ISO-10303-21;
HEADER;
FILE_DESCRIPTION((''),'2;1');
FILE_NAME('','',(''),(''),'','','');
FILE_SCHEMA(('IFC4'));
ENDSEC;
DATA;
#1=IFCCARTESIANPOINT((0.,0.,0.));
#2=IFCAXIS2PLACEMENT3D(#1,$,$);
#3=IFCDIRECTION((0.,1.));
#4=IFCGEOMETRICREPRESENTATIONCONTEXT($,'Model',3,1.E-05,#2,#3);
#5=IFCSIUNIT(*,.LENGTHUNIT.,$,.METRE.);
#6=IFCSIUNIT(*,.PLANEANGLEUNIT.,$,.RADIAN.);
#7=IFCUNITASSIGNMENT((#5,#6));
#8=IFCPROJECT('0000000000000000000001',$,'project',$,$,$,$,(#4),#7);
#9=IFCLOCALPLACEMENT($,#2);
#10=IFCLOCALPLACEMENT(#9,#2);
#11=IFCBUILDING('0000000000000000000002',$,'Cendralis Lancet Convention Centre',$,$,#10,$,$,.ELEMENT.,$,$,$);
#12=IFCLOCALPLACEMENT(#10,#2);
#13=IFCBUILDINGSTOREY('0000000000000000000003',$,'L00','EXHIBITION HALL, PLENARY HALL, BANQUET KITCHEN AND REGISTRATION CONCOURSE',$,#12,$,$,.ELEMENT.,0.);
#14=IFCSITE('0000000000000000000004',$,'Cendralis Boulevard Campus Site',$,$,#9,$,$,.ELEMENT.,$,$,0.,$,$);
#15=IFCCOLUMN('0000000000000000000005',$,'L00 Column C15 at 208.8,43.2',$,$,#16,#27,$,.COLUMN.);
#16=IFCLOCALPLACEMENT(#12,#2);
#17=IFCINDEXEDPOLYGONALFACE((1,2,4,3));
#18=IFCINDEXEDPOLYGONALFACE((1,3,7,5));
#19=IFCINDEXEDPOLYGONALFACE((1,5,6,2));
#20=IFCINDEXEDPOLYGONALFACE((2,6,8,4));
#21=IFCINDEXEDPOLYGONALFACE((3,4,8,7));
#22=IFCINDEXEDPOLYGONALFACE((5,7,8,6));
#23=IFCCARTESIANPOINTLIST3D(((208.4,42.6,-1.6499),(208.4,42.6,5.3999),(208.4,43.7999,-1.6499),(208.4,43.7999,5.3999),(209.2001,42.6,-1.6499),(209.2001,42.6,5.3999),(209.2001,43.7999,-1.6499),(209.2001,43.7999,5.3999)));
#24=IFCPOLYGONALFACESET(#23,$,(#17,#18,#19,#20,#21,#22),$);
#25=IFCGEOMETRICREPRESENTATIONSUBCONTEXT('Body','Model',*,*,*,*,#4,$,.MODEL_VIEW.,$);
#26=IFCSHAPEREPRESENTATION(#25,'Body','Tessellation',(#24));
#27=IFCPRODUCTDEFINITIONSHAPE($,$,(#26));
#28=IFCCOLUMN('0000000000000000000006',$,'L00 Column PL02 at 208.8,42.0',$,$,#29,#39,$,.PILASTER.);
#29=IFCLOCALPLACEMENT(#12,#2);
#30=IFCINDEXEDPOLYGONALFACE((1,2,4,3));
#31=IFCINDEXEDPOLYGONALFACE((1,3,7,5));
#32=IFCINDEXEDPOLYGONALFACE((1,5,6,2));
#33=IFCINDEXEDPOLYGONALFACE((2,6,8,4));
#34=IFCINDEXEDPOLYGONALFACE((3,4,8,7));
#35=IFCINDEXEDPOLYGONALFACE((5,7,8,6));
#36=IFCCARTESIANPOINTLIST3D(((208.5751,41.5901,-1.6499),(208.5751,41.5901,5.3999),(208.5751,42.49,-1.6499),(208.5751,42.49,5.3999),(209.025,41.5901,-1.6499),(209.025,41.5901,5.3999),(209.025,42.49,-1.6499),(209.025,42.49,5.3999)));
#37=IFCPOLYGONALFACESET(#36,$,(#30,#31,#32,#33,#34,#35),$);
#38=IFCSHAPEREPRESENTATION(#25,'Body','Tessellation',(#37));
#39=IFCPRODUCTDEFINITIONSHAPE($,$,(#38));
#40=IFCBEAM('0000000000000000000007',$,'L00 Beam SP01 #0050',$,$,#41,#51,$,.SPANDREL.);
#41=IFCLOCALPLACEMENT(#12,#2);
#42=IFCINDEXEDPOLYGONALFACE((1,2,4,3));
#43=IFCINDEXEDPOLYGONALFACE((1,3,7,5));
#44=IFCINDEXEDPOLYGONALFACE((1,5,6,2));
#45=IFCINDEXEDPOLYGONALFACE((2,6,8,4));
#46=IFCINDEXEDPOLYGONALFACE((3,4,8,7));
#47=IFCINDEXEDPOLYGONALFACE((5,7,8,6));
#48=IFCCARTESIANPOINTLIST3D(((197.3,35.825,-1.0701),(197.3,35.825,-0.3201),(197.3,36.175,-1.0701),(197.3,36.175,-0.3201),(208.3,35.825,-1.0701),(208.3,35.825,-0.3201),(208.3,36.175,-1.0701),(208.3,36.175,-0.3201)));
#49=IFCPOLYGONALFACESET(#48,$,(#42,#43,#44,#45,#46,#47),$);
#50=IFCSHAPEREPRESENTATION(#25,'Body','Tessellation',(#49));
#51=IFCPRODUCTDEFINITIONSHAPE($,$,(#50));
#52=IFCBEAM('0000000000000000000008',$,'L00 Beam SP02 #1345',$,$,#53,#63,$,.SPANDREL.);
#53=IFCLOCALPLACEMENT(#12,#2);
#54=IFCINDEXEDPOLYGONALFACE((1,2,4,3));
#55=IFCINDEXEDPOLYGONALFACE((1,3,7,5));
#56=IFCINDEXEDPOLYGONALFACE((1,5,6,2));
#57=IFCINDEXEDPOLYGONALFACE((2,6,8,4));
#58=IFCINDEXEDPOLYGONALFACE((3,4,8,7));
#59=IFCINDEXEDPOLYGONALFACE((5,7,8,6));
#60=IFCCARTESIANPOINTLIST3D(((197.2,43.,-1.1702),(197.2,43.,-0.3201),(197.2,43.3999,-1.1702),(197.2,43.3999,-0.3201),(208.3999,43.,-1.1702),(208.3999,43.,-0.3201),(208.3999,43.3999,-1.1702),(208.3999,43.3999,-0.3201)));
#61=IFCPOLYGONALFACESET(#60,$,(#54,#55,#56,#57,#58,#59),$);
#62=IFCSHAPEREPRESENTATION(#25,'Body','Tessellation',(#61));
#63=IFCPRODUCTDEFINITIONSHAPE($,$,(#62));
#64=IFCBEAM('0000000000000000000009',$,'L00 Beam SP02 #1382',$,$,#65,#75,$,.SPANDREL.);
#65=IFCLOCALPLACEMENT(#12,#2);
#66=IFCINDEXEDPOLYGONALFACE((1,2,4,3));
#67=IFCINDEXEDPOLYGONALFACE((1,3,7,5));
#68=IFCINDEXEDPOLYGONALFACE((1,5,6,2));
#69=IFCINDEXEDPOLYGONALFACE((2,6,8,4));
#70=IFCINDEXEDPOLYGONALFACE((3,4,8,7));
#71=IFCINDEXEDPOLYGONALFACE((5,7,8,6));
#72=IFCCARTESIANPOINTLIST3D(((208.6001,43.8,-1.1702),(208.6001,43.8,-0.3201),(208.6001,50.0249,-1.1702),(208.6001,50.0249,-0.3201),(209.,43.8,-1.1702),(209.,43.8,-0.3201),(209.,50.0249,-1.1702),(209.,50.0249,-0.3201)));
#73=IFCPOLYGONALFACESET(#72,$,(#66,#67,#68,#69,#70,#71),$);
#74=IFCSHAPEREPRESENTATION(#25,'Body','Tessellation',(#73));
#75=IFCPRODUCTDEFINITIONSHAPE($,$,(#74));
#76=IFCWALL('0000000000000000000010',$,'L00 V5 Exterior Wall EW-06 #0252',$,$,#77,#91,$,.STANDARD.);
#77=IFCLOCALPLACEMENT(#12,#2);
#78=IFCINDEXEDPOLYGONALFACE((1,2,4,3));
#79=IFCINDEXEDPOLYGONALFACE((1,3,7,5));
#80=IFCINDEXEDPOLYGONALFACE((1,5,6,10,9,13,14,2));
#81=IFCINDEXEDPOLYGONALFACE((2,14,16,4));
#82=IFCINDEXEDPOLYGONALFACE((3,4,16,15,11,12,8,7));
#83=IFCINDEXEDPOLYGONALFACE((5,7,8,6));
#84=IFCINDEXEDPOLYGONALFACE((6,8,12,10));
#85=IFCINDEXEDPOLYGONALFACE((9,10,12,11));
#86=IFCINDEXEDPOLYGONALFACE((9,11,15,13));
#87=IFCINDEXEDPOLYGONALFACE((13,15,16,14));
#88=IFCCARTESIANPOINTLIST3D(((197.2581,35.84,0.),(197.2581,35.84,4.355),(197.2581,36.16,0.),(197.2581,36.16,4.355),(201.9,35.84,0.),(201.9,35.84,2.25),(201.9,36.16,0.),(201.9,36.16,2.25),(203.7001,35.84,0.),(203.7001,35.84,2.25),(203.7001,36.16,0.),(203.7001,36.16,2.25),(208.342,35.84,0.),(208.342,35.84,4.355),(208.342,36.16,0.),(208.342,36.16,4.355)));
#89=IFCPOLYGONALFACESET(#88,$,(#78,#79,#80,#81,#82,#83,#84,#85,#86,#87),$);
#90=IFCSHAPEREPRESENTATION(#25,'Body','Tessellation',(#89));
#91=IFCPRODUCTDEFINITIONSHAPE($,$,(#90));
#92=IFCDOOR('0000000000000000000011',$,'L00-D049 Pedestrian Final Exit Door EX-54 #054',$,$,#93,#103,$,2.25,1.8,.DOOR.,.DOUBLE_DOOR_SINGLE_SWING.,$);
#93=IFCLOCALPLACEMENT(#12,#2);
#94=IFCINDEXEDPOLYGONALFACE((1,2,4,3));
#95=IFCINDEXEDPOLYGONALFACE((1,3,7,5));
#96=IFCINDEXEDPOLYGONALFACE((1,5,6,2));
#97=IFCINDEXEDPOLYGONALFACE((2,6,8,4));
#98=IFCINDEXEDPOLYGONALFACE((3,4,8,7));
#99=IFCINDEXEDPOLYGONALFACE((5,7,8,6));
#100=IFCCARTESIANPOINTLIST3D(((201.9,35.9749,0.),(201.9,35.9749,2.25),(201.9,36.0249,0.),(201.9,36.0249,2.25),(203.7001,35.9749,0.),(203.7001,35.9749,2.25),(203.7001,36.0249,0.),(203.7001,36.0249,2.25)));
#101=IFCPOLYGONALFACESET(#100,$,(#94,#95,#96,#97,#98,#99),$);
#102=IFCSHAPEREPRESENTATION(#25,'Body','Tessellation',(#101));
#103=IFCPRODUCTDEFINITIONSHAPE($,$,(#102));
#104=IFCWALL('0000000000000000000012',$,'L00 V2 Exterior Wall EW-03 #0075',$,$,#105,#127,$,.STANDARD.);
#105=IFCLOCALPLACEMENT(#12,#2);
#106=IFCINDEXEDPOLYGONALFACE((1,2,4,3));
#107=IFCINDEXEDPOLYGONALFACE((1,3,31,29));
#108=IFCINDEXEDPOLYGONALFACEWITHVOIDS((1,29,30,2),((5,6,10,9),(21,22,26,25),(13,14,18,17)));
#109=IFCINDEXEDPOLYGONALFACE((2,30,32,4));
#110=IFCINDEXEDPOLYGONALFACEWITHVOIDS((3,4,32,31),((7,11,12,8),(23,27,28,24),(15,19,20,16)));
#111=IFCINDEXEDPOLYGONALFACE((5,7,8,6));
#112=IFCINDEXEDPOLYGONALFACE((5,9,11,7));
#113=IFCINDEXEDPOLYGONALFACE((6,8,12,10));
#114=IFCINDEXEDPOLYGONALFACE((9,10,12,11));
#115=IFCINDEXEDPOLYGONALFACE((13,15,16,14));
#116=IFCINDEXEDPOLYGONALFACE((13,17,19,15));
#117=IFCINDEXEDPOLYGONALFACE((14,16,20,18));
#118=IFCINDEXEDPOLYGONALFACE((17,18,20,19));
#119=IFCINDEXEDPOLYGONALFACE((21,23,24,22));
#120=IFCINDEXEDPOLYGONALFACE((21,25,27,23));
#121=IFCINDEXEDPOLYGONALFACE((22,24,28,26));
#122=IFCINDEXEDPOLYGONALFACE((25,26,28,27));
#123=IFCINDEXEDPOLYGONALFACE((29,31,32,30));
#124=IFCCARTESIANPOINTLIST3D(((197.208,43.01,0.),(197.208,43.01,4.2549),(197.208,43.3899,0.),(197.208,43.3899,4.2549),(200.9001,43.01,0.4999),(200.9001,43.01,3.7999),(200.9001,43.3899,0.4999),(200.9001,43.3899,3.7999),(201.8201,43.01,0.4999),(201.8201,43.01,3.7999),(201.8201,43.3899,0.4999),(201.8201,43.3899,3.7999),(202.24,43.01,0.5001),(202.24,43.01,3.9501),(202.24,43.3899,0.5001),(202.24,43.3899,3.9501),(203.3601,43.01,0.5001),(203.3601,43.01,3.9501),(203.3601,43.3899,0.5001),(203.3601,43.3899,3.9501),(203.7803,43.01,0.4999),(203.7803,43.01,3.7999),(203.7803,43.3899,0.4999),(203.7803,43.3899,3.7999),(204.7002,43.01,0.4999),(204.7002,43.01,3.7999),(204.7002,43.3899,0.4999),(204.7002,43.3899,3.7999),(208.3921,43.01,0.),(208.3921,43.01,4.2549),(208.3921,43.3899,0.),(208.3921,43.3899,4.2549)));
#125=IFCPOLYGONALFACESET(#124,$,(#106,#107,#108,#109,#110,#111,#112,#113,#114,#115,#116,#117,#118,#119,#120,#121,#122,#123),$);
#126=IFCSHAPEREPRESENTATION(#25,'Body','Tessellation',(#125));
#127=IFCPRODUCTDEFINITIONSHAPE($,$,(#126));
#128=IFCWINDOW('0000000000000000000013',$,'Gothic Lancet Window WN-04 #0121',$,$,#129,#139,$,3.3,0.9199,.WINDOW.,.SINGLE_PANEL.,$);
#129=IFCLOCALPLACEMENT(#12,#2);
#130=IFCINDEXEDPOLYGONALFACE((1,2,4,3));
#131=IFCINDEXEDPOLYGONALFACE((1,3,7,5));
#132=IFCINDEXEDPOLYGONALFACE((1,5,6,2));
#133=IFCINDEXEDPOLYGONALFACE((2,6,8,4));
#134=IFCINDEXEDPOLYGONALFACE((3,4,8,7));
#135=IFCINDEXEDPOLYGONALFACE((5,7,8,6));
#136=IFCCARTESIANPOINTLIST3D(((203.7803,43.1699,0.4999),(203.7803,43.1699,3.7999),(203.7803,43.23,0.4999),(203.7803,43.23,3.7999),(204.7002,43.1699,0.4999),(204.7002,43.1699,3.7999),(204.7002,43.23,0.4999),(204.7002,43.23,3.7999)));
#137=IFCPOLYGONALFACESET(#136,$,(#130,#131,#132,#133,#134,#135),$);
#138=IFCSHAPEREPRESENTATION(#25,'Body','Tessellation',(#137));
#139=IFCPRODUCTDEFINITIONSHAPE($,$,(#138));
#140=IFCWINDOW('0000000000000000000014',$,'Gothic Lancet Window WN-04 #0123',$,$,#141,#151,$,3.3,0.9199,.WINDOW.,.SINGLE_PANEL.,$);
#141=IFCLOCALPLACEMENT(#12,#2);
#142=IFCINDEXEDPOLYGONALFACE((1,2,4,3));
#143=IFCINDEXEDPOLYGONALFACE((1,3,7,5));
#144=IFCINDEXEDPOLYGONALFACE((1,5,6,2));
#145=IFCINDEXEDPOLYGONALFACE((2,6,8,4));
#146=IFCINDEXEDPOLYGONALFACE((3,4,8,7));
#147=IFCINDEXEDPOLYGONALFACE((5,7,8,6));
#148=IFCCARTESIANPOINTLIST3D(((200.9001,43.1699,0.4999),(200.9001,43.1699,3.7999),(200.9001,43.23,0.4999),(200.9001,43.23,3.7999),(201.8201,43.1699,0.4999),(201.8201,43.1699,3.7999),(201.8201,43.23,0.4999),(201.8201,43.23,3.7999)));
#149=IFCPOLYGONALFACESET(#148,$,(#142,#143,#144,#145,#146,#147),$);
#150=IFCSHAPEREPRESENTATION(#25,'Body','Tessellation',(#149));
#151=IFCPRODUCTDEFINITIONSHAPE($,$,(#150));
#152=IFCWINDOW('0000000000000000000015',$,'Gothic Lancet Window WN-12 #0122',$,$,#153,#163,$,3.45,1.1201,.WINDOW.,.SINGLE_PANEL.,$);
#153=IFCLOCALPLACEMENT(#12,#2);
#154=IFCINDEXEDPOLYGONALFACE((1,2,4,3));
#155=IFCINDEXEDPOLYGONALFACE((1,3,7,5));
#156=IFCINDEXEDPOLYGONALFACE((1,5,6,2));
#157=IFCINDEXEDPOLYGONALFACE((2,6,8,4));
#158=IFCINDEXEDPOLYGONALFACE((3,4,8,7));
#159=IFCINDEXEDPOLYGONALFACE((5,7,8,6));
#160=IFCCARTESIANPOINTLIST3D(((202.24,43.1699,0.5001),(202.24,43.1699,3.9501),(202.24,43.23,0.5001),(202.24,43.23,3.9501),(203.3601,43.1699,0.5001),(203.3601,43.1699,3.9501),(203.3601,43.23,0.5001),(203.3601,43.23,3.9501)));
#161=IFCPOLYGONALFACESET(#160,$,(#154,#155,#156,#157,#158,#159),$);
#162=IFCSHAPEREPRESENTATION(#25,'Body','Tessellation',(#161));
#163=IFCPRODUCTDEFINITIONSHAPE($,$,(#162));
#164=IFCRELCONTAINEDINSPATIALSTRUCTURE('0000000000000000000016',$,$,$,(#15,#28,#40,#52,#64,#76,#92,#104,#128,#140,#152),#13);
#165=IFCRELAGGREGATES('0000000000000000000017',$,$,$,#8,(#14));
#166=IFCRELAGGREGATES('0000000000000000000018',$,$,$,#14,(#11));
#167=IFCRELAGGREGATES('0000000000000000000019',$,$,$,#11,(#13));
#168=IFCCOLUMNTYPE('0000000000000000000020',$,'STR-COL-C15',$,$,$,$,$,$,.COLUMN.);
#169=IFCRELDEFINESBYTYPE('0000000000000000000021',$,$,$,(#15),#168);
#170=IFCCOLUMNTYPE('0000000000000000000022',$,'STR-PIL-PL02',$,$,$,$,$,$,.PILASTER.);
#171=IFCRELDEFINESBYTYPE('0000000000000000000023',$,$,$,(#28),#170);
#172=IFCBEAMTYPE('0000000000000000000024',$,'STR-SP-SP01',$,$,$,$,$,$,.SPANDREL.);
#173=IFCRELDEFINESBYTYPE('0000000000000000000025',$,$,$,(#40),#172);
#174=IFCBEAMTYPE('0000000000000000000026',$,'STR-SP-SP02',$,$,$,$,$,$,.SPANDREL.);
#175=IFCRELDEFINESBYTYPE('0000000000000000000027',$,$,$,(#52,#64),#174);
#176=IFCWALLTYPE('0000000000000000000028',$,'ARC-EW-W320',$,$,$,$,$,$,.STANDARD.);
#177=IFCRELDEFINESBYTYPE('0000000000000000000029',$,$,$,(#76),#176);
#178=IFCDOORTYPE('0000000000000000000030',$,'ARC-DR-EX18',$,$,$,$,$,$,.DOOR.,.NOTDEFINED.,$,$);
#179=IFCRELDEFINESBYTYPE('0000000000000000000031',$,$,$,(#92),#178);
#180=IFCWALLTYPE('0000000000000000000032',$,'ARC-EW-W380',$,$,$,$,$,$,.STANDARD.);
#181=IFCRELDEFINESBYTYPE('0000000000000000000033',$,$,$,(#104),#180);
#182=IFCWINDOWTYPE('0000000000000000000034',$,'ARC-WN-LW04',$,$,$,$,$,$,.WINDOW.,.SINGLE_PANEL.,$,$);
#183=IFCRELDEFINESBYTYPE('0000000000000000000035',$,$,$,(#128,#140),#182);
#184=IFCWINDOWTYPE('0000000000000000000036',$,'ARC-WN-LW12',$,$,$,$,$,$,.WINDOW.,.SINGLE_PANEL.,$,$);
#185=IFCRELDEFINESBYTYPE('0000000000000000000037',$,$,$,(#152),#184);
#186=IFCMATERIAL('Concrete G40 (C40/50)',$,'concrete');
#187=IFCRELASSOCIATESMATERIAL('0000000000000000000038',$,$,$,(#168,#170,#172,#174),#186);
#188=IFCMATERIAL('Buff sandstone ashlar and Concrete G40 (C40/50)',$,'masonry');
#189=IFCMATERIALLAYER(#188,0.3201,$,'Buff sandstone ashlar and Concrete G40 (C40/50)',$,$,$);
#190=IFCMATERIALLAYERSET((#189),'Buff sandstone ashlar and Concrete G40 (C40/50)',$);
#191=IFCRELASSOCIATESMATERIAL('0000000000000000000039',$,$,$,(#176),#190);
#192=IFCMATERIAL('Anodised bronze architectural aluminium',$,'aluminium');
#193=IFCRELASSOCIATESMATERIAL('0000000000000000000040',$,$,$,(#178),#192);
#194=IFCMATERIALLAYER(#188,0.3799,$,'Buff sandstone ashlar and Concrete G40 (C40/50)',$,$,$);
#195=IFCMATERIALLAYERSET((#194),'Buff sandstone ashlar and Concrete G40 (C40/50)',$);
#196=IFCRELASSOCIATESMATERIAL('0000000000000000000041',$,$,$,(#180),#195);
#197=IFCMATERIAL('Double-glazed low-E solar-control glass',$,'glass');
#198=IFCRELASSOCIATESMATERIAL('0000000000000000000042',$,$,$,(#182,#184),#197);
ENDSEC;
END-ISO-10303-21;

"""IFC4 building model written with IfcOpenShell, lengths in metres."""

from ifc_helpers import new_model, si_unit, direction, frame, frame_2d, origin, origin_2d, place, context, subcontext, project, spatial, rectangle, extrude, material, layer, layer_set, material_profile, profile_set, type_object, element, fill, save


model = new_model("IFC4")

# Units and contexts
model_context = context("Model", 3, precision=1e-05, world=origin(), true_north=direction((0.0, 1.0)))
body_context = subcontext(model_context, "Body", "Model", "MODEL_VIEW")
ifc_project = project(units=[si_unit("LENGTHUNIT", "METRE"), si_unit("PLANEANGLEUNIT", "RADIAN")], contexts=[model_context])

# Site, building, storey
site_placement = place(None, origin())
site = spatial("IfcSite", under=ifc_project, at=site_placement, Name="Cendralis Boulevard Campus Site", CompositionType="ELEMENT", RefElevation=0.0)
building_placement = place(site_placement, origin())
building = spatial("IfcBuilding", under=site, at=building_placement, Name="Cendralis Lancet Convention Centre", CompositionType="ELEMENT")
storey_placement = place(building_placement, origin())
storey = spatial("IfcBuildingStorey", under=building, at=storey_placement, Name="L00", Description="EXHIBITION HALL, PLENARY HALL, BANQUET KITCHEN AND REGISTRATION CONCOURSE", CompositionType="ELEMENT", Elevation=0.0)

# Columns
ifc_material_1 = material(Name="Concrete G40 (C40/50)", Category="concrete")
ifc_material_profile_1 = material_profile(ifc_material_1, rectangle(XDim=0.8, YDim=1.2, at=origin_2d()), Name="RC 800x1200")
ifc_profile_set_1 = profile_set([ifc_material_profile_1], Name="Concrete G40 (C40/50)")
column_type_1 = type_object("IfcColumnType", Name="STR-COL-C15", PredefinedType="COLUMN", material=ifc_profile_set_1)
column_1_placement = place(storey_placement, frame((208.8, 43.2, -1.6499), z_axis=(0.0, 0.0, 1.0), x_axis=(1.0, 0.0, 0.0)))
element("IfcColumn", 1, at=column_1_placement, inside=storey, type_object=column_type_1, Name="L00 Column C15 at 208.8,43.2", PredefinedType="COLUMN", context=body_context, shape_type="SweptSolid", body=[
    extrude(rectangle(XDim=0.8, YDim=1.2, at=origin_2d()), origin(), (0.0, 0.0, 1.0), 7.0498),
])
ifc_material_profile_2 = material_profile(ifc_material_1, rectangle(XDim=0.45, YDim=0.8999, at=origin_2d()), Name="RC 450x900")
ifc_profile_set_2 = profile_set([ifc_material_profile_2], Name="Concrete G40 (C40/50)")
column_type_2 = type_object("IfcColumnType", Name="STR-PIL-PL02", PredefinedType="PILASTER", material=ifc_profile_set_2)
column_2_placement = place(storey_placement, frame((208.8, 42.04, -1.6499), z_axis=(0.0, 0.0, 1.0), x_axis=(1.0, 0.0, 0.0)))
element("IfcColumn", 2, at=column_2_placement, inside=storey, type_object=column_type_2, Name="L00 Column PL02 at 208.8,42.0", PredefinedType="PILASTER", context=body_context, shape_type="SweptSolid", body=[
    extrude(rectangle(XDim=0.45, YDim=0.8999, at=origin_2d()), origin(), (0.0, 0.0, 1.0), 7.0498),
])

# Beams
ifc_material_profile_3 = material_profile(ifc_material_1, rectangle(XDim=0.3501, YDim=0.75, at=origin_2d()), Name="RCB 350x750")
ifc_profile_set_3 = profile_set([ifc_material_profile_3], Name="Concrete G40 (C40/50)")
beam_type_1 = type_object("IfcBeamType", Name="STR-SP-SP01", PredefinedType="SPANDREL", material=ifc_profile_set_3)
beam_1_placement = place(storey_placement, frame((197.3, 36.0, -0.6951), z_axis=(1.0, 0.0, 0.0), x_axis=(0.0, 1.0, 0.0)))
element("IfcBeam", 3, at=beam_1_placement, inside=storey, type_object=beam_type_1, Name="L00 Beam SP01 #0050", PredefinedType="SPANDREL", context=body_context, shape_type="SweptSolid", body=[
    extrude(rectangle(XDim=0.3501, YDim=0.75, at=origin_2d()), origin(), (0.0, 0.0, 1.0), 11.0),
])
ifc_material_profile_4 = material_profile(ifc_material_1, rectangle(XDim=0.3999, YDim=0.8501, at=origin_2d()), Name="RCB 400x850")
ifc_profile_set_4 = profile_set([ifc_material_profile_4], Name="Concrete G40 (C40/50)")
beam_type_2 = type_object("IfcBeamType", Name="STR-SP-SP02", PredefinedType="SPANDREL", material=ifc_profile_set_4)
beam_2_placement = place(storey_placement, frame((197.2, 43.2, -0.7451), z_axis=(1.0, 0.0, 0.0), x_axis=(0.0, 1.0, 0.0)))
element("IfcBeam", 4, at=beam_2_placement, inside=storey, type_object=beam_type_2, Name="L00 Beam SP02 #1345", PredefinedType="SPANDREL", context=body_context, shape_type="SweptSolid", body=[
    extrude(rectangle(XDim=0.3999, YDim=0.8501, at=origin_2d()), origin(), (0.0, 0.0, 1.0), 11.2),
])
beam_3_placement = place(storey_placement, frame((208.8, 43.8, -0.7451), z_axis=(0.0, 1.0, 0.0), x_axis=(-1.0, 0.0, 0.0)))
element("IfcBeam", 5, at=beam_3_placement, inside=storey, type_object=beam_type_2, Name="L00 Beam SP02 #1382", PredefinedType="SPANDREL", context=body_context, shape_type="SweptSolid", body=[
    extrude(rectangle(XDim=0.3999, YDim=0.8501, at=origin_2d()), origin(), (0.0, 0.0, 1.0), 6.2249),
])

# Wall, opening, door
ifc_material_2 = material(Name="Buff sandstone ashlar and Concrete G40 (C40/50)", Category="masonry")
ifc_layer_1 = layer(ifc_material_2, 0.3201, Name="Buff sandstone ashlar and Concrete G40 (C40/50)")
ifc_layer_set_1 = layer_set([ifc_layer_1], Name="Buff sandstone ashlar and Concrete G40 (C40/50)")
wall_type_1 = type_object("IfcWallType", Name="ARC-EW-W320", PredefinedType="STANDARD", material=ifc_layer_set_1)
wall_1_placement = place(storey_placement, frame((197.2581, 36.0, 0.0), z_axis=(0.0, 0.0, 1.0), x_axis=(1.0, 0.0, 0.0)))
wall_1 = element("IfcWall", 6, at=wall_1_placement, inside=storey, type_object=wall_type_1, Name="L00 V5 Exterior Wall EW-06 #0252", PredefinedType="STANDARD", context=body_context, shape_type="SweptSolid", body=[
    extrude(rectangle(XDim=11.084, YDim=0.3201, at=frame_2d((5.542, 0.0))), origin(), (0.0, 0.0, 1.0), 4.355),
])
opening_1_placement = place(wall_1_placement, frame((4.6421, 0.0, 0.0)))
opening_1 = element("IfcOpeningElement", 7, at=opening_1_placement, cuts=wall_1, PredefinedType="OPENING", context=body_context, shape_type="SweptSolid", body=[
    extrude(rectangle(XDim=1.8, YDim=2.25, at=frame_2d((0.8999, 1.125))), frame((0.0, 0.1699, 0.0), z_axis=(0.0, -1.0, 0.0), x_axis=(1.0, 0.0, 0.0)), (0.0, 0.0, 1.0), 0.3401),
])
ifc_material_3 = material(Name="Anodised bronze architectural aluminium", Category="aluminium")
door_type = type_object("IfcDoorType", Name="ARC-DR-EX18", OperationType="NOTDEFINED", PredefinedType="DOOR", material=ifc_material_3)
door_placement = place(opening_1_placement, origin())
door = element("IfcDoor", 8, at=door_placement, inside=storey, type_object=door_type, Name="L00-D049 Pedestrian Final Exit Door EX-54 #054", OperationType="DOUBLE_DOOR_SINGLE_SWING", OverallHeight=2.25, OverallWidth=1.8, PredefinedType="DOOR", context=body_context, shape_type="SweptSolid", body=[
    extrude(rectangle(XDim=1.8, YDim=2.25, at=frame_2d((0.8999, 1.125))), frame((0.0, 0.0249, 0.0), z_axis=(0.0, -1.0, 0.0), x_axis=(1.0, 0.0, 0.0)), (0.0, 0.0, 1.0), 0.05),
])
fill(opening_1, door)

# Wall, openings, windows
ifc_layer_2 = layer(ifc_material_2, 0.3799, Name="Buff sandstone ashlar and Concrete G40 (C40/50)")
ifc_layer_set_2 = layer_set([ifc_layer_2], Name="Buff sandstone ashlar and Concrete G40 (C40/50)")
wall_type_2 = type_object("IfcWallType", Name="ARC-EW-W380", PredefinedType="STANDARD", material=ifc_layer_set_2)
wall_2_placement = place(storey_placement, frame((208.3921, 43.2, 0.0), z_axis=(0.0, 0.0, 1.0), x_axis=(-1.0, 0.0, 0.0)))
wall_2 = element("IfcWall", 9, at=wall_2_placement, inside=storey, type_object=wall_type_2, Name="L00 V2 Exterior Wall EW-03 #0075", PredefinedType="STANDARD", context=body_context, shape_type="SweptSolid", body=[
    extrude(rectangle(XDim=11.1841, YDim=0.3799, at=frame_2d((5.592, 0.0))), origin(), (0.0, 0.0, 1.0), 4.2549),
])
opening_2_placement = place(wall_2_placement, frame((3.6919, 0.0, 0.5)))
opening_2 = element("IfcOpeningElement", 10, at=opening_2_placement, cuts=wall_2, PredefinedType="OPENING", context=body_context, shape_type="SweptSolid", body=[
    extrude(rectangle(XDim=0.9199, YDim=3.3, at=frame_2d((0.46, 1.6499))), frame((0.0, 0.2, 0.0), z_axis=(0.0, -1.0, 0.0), x_axis=(1.0, 0.0, 0.0)), (0.0, 0.0, 1.0), 0.3999),
])
opening_3_placement = place(wall_2_placement, frame((5.032, 0.0, 0.5)))
opening_3 = element("IfcOpeningElement", 11, at=opening_3_placement, cuts=wall_2, PredefinedType="OPENING", context=body_context, shape_type="SweptSolid", body=[
    extrude(rectangle(XDim=1.1201, YDim=3.45, at=frame_2d((0.5601, 1.7251))), frame((0.0, 0.2, 0.0), z_axis=(0.0, -1.0, 0.0), x_axis=(1.0, 0.0, 0.0)), (0.0, 0.0, 1.0), 0.3999),
])
opening_4_placement = place(wall_2_placement, frame((6.572, 0.0, 0.5)))
opening_4 = element("IfcOpeningElement", 12, at=opening_4_placement, cuts=wall_2, PredefinedType="OPENING", context=body_context, shape_type="SweptSolid", body=[
    extrude(rectangle(XDim=0.9199, YDim=3.3, at=frame_2d((0.46, 1.6499))), frame((0.0, 0.2, 0.0), z_axis=(0.0, -1.0, 0.0), x_axis=(1.0, 0.0, 0.0)), (0.0, 0.0, 1.0), 0.3999),
])
ifc_material_4 = material(Name="Double-glazed low-E solar-control glass", Category="glass")
window_type_1 = type_object("IfcWindowType", Name="ARC-WN-LW04", PartitioningType="SINGLE_PANEL", PredefinedType="WINDOW", material=ifc_material_4)
window_1_placement = place(opening_2_placement, origin())
window_1 = element("IfcWindow", 13, at=window_1_placement, inside=storey, type_object=window_type_1, Name="Gothic Lancet Window WN-04 #0121", OverallHeight=3.3, OverallWidth=0.9199, PartitioningType="SINGLE_PANEL", PredefinedType="WINDOW", context=body_context, shape_type="SweptSolid", body=[
    extrude(rectangle(XDim=0.9199, YDim=3.3, at=frame_2d((0.46, 1.6499))), frame((0.0, 0.03, 0.0), z_axis=(0.0, -1.0, 0.0), x_axis=(1.0, 0.0, 0.0)), (0.0, 0.0, 1.0), 0.0601),
])
fill(opening_2, window_1)
window_2_placement = place(opening_4_placement, origin())
window_2 = element("IfcWindow", 14, at=window_2_placement, inside=storey, type_object=window_type_1, Name="Gothic Lancet Window WN-04 #0123", OverallHeight=3.3, OverallWidth=0.9199, PartitioningType="SINGLE_PANEL", PredefinedType="WINDOW", context=body_context, shape_type="SweptSolid", body=[
    extrude(rectangle(XDim=0.9199, YDim=3.3, at=frame_2d((0.46, 1.6499))), frame((0.0, 0.03, 0.0), z_axis=(0.0, -1.0, 0.0), x_axis=(1.0, 0.0, 0.0)), (0.0, 0.0, 1.0), 0.0601),
])
fill(opening_4, window_2)
window_type_2 = type_object("IfcWindowType", Name="ARC-WN-LW12", PartitioningType="SINGLE_PANEL", PredefinedType="WINDOW", material=ifc_material_4)
window_3_placement = place(opening_3_placement, origin())
window_3 = element("IfcWindow", 15, at=window_3_placement, inside=storey, type_object=window_type_2, Name="Gothic Lancet Window WN-12 #0122", OverallHeight=3.45, OverallWidth=1.1201, PartitioningType="SINGLE_PANEL", PredefinedType="WINDOW", context=body_context, shape_type="SweptSolid", body=[
    extrude(rectangle(XDim=1.1201, YDim=3.45, at=frame_2d((0.5601, 1.7251))), frame((0.0, 0.03, 0.0), z_axis=(0.0, -1.0, 0.0), x_axis=(1.0, 0.0, 0.0)), (0.0, 0.0, 1.0), 0.0601),
])
fill(opening_3, window_3)

save(model, "model.ifc")
